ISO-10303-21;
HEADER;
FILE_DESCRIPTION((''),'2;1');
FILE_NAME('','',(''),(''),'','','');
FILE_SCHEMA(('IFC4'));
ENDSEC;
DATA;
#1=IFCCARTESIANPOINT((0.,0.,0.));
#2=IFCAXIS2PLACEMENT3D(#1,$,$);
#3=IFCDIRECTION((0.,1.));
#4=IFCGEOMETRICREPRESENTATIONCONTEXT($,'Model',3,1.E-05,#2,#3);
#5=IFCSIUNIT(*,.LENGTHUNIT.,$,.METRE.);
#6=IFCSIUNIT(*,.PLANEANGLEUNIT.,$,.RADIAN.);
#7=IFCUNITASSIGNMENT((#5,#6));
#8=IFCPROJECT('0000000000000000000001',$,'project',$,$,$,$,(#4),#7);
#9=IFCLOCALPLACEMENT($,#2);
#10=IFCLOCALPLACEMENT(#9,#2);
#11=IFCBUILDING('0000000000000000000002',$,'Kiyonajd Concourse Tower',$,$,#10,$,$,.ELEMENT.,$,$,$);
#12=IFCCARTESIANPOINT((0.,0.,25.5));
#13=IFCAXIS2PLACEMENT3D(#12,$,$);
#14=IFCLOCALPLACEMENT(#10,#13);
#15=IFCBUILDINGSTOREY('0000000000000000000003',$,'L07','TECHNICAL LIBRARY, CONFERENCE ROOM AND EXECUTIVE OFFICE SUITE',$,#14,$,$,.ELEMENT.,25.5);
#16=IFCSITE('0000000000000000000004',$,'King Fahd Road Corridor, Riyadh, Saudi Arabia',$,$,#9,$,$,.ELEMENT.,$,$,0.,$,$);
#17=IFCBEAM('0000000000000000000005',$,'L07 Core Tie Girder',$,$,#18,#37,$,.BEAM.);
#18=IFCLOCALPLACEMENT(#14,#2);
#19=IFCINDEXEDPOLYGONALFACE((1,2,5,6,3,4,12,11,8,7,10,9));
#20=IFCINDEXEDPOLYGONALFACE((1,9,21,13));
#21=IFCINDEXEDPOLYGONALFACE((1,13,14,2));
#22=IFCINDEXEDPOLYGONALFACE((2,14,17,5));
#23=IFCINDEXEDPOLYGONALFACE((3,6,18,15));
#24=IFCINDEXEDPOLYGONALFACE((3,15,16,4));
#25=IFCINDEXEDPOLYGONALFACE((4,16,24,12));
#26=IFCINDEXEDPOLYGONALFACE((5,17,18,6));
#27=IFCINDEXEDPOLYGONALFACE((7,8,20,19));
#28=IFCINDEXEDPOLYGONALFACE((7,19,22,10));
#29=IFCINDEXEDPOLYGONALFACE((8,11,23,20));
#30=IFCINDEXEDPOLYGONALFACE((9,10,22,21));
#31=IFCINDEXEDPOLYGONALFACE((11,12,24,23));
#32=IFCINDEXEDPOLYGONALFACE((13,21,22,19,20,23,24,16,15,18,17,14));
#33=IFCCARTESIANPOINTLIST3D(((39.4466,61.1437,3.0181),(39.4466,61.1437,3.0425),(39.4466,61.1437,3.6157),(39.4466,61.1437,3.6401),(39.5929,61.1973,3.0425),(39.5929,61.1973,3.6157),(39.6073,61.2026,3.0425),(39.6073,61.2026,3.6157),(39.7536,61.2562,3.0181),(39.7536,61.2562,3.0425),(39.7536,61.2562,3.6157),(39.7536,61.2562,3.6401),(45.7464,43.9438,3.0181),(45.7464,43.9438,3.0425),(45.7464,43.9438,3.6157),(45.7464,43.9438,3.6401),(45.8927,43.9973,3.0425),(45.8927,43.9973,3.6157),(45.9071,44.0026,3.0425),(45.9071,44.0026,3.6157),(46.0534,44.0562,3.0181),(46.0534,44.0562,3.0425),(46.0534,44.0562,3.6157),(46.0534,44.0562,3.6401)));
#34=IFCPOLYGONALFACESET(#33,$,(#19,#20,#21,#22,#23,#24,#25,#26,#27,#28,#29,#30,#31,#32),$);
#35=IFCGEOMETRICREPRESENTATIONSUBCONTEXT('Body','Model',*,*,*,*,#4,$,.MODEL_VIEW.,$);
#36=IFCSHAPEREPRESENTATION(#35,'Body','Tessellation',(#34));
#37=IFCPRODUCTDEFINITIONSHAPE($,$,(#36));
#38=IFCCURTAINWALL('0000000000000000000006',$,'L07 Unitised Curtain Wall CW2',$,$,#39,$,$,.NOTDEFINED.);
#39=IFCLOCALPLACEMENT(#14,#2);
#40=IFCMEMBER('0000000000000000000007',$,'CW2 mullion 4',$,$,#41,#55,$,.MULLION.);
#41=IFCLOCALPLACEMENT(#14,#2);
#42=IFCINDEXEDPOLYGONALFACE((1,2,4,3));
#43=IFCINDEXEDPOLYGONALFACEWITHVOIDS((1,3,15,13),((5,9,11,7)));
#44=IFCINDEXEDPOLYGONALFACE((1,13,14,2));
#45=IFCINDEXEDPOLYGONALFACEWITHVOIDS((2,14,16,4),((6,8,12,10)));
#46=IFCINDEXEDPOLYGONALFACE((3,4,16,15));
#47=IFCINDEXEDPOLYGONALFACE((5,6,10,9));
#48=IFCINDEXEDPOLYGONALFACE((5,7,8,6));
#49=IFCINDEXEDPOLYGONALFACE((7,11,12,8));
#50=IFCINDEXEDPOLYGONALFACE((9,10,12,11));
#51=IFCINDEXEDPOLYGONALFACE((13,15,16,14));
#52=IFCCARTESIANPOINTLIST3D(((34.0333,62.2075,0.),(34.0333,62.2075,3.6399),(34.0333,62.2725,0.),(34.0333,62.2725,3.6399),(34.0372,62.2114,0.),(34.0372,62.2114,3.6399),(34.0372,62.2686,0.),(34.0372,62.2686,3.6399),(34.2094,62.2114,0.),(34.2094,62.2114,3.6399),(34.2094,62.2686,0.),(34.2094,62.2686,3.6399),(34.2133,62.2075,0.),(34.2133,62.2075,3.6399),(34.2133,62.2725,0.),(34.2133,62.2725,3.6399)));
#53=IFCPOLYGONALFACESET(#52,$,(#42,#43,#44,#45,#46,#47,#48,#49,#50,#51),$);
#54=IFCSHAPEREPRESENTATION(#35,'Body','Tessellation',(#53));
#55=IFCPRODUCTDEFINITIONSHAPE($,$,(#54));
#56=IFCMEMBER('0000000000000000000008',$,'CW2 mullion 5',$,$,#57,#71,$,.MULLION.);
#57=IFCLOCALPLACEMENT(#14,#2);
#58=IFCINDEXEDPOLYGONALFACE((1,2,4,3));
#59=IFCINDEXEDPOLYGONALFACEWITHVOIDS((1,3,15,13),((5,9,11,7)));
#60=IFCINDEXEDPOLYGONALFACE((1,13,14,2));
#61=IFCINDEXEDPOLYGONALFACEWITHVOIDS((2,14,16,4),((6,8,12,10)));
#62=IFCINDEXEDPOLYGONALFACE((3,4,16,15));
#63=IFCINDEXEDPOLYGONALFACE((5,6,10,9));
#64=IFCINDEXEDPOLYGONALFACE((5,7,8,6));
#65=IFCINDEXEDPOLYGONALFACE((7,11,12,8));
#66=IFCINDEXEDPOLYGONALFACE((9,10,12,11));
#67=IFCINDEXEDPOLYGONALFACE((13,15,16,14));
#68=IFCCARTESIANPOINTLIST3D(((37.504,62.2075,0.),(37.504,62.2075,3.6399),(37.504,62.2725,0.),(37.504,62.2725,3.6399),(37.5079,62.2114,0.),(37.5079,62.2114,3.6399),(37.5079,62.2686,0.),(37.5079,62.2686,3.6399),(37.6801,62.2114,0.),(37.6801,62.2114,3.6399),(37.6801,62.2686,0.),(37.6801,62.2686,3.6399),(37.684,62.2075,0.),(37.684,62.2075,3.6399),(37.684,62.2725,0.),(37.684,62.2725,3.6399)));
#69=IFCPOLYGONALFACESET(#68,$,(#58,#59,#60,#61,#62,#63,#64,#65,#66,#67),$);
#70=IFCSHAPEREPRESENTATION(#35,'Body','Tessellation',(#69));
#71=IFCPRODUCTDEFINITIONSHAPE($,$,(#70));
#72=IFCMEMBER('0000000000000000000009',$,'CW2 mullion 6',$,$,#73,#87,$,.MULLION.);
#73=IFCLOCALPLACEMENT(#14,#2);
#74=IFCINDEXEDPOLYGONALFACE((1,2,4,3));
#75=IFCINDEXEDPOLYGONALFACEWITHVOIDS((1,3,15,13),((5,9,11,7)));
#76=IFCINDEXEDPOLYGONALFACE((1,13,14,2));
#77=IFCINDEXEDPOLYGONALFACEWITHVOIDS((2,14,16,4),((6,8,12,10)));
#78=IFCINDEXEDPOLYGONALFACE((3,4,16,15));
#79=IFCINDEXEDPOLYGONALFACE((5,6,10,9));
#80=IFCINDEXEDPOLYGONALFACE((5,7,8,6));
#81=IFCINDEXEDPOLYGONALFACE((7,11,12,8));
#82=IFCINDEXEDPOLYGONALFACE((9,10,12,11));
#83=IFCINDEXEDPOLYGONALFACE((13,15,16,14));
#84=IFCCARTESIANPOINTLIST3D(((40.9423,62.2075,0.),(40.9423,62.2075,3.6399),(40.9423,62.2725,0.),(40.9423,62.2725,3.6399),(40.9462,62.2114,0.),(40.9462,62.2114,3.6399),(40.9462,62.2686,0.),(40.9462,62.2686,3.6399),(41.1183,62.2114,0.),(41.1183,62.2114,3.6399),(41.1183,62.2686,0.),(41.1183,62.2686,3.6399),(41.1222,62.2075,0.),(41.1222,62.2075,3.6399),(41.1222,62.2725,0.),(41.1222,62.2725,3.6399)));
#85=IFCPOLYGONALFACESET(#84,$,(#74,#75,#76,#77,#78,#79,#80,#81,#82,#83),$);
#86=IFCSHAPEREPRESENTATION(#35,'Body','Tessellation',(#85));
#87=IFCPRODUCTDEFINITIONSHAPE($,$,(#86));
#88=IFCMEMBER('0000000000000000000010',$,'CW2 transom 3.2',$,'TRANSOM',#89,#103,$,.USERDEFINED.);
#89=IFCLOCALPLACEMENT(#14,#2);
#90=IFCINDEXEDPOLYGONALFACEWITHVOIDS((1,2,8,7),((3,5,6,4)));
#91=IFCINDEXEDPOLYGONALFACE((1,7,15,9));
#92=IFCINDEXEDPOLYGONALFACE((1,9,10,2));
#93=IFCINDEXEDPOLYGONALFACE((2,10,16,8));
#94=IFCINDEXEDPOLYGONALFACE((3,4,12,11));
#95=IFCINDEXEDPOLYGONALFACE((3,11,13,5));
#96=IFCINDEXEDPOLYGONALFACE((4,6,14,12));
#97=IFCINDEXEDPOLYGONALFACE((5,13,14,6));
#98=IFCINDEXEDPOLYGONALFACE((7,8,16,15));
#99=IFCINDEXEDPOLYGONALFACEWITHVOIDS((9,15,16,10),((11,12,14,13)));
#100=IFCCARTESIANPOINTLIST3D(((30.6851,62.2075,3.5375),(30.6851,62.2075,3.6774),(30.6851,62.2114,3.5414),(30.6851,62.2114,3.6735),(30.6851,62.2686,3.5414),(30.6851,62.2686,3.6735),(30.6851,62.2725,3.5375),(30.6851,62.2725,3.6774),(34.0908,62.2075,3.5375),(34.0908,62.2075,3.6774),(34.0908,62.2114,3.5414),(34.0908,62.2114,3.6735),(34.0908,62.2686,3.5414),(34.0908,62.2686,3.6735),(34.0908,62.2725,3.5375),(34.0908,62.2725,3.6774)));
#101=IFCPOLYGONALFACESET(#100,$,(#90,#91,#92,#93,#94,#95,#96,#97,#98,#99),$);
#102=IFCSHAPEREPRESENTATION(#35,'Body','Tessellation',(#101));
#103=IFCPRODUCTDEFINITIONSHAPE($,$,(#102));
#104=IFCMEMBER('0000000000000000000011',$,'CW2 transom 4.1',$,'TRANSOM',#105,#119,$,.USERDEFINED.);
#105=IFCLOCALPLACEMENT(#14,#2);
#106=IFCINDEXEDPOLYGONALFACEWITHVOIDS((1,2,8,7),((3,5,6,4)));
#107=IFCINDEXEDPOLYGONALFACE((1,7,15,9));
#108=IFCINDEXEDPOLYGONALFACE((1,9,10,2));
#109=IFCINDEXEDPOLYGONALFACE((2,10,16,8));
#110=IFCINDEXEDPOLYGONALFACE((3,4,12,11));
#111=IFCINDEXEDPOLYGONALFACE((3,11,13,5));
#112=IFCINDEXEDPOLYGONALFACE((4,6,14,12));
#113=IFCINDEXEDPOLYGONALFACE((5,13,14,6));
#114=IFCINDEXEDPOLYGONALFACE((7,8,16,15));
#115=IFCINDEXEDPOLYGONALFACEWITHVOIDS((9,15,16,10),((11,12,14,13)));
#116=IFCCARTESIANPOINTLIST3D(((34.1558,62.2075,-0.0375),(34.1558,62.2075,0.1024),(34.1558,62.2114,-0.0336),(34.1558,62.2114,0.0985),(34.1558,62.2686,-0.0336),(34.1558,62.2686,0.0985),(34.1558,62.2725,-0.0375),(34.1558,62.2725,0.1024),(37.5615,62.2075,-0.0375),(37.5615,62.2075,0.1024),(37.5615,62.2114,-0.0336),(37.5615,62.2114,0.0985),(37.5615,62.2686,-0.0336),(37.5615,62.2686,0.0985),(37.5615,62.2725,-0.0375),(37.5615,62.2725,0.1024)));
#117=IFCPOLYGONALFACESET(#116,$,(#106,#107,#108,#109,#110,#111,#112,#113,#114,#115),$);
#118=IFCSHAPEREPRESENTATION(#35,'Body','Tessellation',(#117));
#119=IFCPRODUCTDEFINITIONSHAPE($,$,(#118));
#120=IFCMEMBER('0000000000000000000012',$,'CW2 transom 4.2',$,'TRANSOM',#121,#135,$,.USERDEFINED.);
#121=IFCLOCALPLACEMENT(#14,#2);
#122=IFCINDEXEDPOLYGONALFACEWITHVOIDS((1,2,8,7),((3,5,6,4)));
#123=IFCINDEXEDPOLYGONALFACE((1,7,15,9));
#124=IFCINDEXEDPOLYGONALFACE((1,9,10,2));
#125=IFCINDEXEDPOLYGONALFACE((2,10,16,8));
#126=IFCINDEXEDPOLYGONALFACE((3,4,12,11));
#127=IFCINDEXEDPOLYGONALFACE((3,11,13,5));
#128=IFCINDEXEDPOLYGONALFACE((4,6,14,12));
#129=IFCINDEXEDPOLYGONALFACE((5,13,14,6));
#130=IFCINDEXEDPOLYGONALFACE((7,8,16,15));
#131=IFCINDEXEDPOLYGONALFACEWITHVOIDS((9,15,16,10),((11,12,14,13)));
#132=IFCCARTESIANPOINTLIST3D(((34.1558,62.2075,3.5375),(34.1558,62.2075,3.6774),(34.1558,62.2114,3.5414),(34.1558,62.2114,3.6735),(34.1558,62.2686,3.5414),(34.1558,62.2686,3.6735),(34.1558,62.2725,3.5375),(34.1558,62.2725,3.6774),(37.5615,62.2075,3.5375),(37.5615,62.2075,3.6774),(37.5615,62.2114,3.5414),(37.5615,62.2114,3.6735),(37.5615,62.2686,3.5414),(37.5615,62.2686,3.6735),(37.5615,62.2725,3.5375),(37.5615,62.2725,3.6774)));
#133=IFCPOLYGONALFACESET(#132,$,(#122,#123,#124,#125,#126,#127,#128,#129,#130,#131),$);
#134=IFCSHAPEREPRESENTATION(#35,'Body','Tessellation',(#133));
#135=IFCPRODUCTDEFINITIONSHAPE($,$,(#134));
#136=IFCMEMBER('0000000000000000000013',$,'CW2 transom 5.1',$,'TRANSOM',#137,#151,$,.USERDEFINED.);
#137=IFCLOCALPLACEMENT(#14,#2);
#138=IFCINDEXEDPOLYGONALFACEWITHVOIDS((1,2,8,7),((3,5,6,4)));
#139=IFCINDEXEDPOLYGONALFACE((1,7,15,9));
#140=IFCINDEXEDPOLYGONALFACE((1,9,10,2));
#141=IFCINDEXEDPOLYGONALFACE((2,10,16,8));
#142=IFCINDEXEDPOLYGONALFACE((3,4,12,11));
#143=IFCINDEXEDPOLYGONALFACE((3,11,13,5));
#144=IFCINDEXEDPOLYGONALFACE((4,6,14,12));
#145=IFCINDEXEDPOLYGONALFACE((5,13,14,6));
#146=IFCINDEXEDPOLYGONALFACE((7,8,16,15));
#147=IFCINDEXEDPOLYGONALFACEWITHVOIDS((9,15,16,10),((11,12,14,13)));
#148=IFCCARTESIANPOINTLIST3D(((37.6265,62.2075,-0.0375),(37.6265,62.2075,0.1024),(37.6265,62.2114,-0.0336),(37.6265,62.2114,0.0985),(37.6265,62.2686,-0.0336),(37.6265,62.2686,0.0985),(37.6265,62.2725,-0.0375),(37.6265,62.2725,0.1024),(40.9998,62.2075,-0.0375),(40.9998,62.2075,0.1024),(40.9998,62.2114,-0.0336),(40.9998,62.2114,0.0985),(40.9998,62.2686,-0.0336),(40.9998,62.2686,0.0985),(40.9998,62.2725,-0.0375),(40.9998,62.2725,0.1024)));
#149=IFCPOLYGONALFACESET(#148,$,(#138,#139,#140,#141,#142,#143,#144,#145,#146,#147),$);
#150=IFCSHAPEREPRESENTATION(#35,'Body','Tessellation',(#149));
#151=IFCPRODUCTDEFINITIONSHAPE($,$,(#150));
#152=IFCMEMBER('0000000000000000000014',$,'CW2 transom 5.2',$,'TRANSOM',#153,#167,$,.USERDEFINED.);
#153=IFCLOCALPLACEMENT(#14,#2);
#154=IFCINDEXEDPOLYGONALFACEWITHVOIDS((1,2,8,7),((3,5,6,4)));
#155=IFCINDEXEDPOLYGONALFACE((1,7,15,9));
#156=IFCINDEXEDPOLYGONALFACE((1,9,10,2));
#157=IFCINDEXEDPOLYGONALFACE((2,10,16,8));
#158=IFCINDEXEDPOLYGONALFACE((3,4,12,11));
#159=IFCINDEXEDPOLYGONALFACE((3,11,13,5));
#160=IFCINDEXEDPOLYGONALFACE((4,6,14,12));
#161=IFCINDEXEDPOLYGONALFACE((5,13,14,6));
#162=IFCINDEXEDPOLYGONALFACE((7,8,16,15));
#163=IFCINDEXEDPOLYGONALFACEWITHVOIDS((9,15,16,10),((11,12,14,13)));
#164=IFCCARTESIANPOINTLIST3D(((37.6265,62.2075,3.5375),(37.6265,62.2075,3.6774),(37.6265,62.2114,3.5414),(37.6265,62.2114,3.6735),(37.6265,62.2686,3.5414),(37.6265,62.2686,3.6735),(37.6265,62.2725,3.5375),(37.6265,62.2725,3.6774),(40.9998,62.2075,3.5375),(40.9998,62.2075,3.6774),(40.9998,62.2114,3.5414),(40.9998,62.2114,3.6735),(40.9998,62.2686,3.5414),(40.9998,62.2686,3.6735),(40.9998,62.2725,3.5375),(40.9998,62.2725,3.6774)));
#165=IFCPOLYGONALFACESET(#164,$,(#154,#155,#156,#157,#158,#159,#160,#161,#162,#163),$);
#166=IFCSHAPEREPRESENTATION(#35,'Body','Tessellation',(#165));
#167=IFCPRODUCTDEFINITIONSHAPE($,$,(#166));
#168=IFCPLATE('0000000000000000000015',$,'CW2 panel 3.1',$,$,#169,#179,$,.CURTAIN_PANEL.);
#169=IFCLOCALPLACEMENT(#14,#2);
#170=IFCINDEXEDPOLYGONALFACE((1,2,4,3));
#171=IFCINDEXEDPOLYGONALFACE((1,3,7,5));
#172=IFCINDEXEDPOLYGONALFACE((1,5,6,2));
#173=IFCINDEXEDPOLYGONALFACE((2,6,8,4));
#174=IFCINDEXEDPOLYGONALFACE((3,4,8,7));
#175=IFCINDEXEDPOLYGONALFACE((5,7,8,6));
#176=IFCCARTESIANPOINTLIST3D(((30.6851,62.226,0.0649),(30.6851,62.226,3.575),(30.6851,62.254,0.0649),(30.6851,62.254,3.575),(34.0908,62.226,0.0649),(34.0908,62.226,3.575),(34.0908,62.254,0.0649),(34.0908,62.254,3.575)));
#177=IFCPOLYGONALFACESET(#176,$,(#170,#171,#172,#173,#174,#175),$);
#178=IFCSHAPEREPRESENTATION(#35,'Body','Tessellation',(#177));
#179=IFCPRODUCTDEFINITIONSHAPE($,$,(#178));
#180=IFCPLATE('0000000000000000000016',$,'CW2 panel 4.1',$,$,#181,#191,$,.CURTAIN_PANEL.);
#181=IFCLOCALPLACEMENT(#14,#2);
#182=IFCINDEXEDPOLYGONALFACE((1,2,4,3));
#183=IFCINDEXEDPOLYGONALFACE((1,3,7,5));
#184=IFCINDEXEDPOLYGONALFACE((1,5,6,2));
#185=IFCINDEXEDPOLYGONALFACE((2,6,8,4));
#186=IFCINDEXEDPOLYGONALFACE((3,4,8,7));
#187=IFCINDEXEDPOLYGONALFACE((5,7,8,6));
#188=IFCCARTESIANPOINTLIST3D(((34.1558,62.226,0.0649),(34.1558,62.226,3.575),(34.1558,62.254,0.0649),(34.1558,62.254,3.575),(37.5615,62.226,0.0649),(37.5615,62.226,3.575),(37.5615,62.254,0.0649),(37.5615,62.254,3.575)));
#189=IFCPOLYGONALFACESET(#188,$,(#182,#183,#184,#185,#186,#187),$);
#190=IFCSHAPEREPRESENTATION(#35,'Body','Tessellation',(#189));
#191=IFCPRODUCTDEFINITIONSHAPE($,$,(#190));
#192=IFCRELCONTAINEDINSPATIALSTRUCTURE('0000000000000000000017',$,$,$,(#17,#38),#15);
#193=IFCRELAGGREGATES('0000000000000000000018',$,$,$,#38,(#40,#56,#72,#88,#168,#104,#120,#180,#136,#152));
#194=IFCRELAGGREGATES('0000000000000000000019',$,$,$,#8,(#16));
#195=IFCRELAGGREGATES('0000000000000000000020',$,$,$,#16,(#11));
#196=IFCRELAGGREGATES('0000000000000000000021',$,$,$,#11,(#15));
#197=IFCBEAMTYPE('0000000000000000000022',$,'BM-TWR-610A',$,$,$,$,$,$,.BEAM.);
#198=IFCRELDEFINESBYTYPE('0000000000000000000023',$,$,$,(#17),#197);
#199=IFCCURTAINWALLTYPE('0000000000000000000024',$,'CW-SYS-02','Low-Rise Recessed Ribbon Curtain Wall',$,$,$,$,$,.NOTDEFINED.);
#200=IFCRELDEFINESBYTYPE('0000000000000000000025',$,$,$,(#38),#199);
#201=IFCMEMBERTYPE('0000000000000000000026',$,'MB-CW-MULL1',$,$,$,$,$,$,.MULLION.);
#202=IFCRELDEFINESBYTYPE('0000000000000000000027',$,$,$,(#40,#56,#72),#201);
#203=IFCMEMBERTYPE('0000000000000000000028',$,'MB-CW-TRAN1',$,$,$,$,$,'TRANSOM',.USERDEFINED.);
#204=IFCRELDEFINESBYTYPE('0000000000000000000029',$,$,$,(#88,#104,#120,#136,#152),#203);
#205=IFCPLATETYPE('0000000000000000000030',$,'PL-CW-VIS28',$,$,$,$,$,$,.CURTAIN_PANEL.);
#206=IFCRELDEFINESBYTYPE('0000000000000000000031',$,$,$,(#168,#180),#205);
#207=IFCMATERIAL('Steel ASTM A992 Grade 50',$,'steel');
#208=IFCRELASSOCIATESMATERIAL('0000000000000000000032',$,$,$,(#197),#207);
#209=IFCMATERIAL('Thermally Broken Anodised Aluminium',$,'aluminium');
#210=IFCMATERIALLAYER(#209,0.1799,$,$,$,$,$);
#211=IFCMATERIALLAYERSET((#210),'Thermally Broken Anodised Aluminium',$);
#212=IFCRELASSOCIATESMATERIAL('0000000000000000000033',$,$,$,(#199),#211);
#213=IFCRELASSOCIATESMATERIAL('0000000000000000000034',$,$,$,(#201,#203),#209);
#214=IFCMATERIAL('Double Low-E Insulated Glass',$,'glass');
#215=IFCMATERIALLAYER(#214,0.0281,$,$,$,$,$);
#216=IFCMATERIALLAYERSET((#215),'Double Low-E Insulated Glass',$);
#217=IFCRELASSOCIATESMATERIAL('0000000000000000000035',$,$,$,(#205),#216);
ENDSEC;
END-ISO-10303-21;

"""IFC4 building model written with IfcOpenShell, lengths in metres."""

from ifc_helpers import new_model, si_unit, direction, frame, origin, origin_2d, place, context, subcontext, project, spatial, rectangle, hollow_rectangle, i_section, extrude, material, layer, layer_set, material_profile, profile_set, type_object, element, aggregate, save


model = new_model("IFC4")

# Units and contexts
model_context = context("Model", 3, precision=1e-05, world=origin(), true_north=direction((0.0, 1.0)))
body_context = subcontext(model_context, "Body", "Model", "MODEL_VIEW")
ifc_project = project(units=[si_unit("LENGTHUNIT", "METRE"), si_unit("PLANEANGLEUNIT", "RADIAN")], contexts=[model_context])

# Site, building, storey
site_placement = place(None, origin())
site = spatial("IfcSite", under=ifc_project, at=site_placement, Name="King Fahd Road Corridor, Riyadh, Saudi Arabia", CompositionType="ELEMENT", RefElevation=0.0)
building_placement = place(site_placement, origin())
building = spatial("IfcBuilding", under=site, at=building_placement, Name="Kiyonajd Concourse Tower", CompositionType="ELEMENT")
storey_placement = place(building_placement, frame((0.0, 0.0, 25.5)))
storey = spatial("IfcBuildingStorey", under=building, at=storey_placement, Name="L07", Description="TECHNICAL LIBRARY, CONFERENCE ROOM AND EXECUTIVE OFFICE SUITE", CompositionType="ELEMENT", Elevation=25.5)

# Beam
ifc_material_1 = material(Name="Steel ASTM A992 Grade 50", Category="steel")
ifc_material_profile_1 = material_profile(ifc_material_1, i_section(OverallWidth=0.3269, OverallDepth=0.6221, WebThickness=0.0154, FlangeThickness=0.0244, at=origin_2d()), Name="W610X195")
ifc_profile_set_1 = profile_set([ifc_material_profile_1], Name="Steel ASTM A992 Grade 50")
beam_type_1 = type_object("IfcBeamType", Name="BM-TWR-610A", PredefinedType="BEAM", material=ifc_profile_set_1)
beam_1_placement = place(storey_placement, frame((39.6001, 61.2, 3.3291), z_axis=(0.343925, -0.938997, 0.0), x_axis=(0.938997, 0.343925, 0.0)))
element("IfcBeam", 1, at=beam_1_placement, inside=storey, type_object=beam_type_1, Name="L07 Core Tie Girder", PredefinedType="BEAM", context=body_context, shape_type="SweptSolid", body=[
    extrude(i_section(OverallWidth=0.3269, OverallDepth=0.6221, WebThickness=0.0154, FlangeThickness=0.0244, at=origin_2d()), origin(), (0.0, 0.0, 1.0), 18.3174),
])

# Curtain wall, members, plates
ifc_material_2 = material(Name="Thermally Broken Anodised Aluminium", Category="aluminium")
ifc_layer_1 = layer(ifc_material_2, 0.1799)
ifc_layer_set_1 = layer_set([ifc_layer_1], Name="Thermally Broken Anodised Aluminium")
curtain_wall_type = type_object("IfcCurtainWallType", Name="CW-SYS-02", Description="Low-Rise Recessed Ribbon Curtain Wall", PredefinedType="NOTDEFINED", material=ifc_layer_set_1)
curtain_wall_placement = place(storey_placement, origin())
curtain_wall = element("IfcCurtainWall", 2, at=curtain_wall_placement, inside=storey, type_object=curtain_wall_type, Name="L07 Unitised Curtain Wall CW2", PredefinedType="NOTDEFINED")
ifc_material_profile_2 = material_profile(ifc_material_2, hollow_rectangle(XDim=0.0649, YDim=0.1799, WallThickness=0.0039, at=origin_2d()), Name="MULL-65x180")
ifc_profile_set_2 = profile_set([ifc_material_profile_2], Name="Thermally Broken Anodised Aluminium")
member_type_1 = type_object("IfcMemberType", Name="MB-CW-MULL1", PredefinedType="MULLION", material=ifc_profile_set_2)
member_1_placement = place(storey_placement, frame((34.1233, 62.24, 0.0), z_axis=(0.0, 0.0, 1.0), x_axis=(0.0, 1.0, 0.0)))
member_1 = element("IfcMember", 3, at=member_1_placement, type_object=member_type_1, Name="CW2 mullion 4", PredefinedType="MULLION", context=body_context, shape_type="SweptSolid", body=[
    extrude(hollow_rectangle(XDim=0.0649, YDim=0.1799, WallThickness=0.0039, at=origin_2d()), origin(), (0.0, 0.0, 1.0), 3.6399),
])
member_2_placement = place(storey_placement, frame((37.594, 62.24, 0.0), z_axis=(0.0, 0.0, 1.0), x_axis=(0.0, 1.0, 0.0)))
member_2 = element("IfcMember", 4, at=member_2_placement, type_object=member_type_1, Name="CW2 mullion 5", PredefinedType="MULLION", context=body_context, shape_type="SweptSolid", body=[
    extrude(hollow_rectangle(XDim=0.0649, YDim=0.1799, WallThickness=0.0039, at=origin_2d()), origin(), (0.0, 0.0, 1.0), 3.6399),
])
member_3_placement = place(storey_placement, frame((41.0322, 62.24, 0.0), z_axis=(0.0, 0.0, 1.0), x_axis=(0.0, 1.0, 0.0)))
member_3 = element("IfcMember", 5, at=member_3_placement, type_object=member_type_1, Name="CW2 mullion 6", PredefinedType="MULLION", context=body_context, shape_type="SweptSolid", body=[
    extrude(hollow_rectangle(XDim=0.0649, YDim=0.1799, WallThickness=0.0039, at=origin_2d()), origin(), (0.0, 0.0, 1.0), 3.6399),
])
ifc_material_profile_3 = material_profile(ifc_material_2, hollow_rectangle(XDim=0.0649, YDim=0.1399, WallThickness=0.0039, at=origin_2d()), Name="TRAN-65x140")
ifc_profile_set_3 = profile_set([ifc_material_profile_3], Name="Thermally Broken Anodised Aluminium")
member_type_2 = type_object("IfcMemberType", Name="MB-CW-TRAN1", ElementType="TRANSOM", PredefinedType="USERDEFINED", material=ifc_profile_set_3)
member_4_placement = place(storey_placement, frame((30.6851, 62.24, 3.6074), z_axis=(1.0, 0.0, 0.0), x_axis=(0.0, 1.0, 0.0)))
member_4 = element("IfcMember", 6, at=member_4_placement, type_object=member_type_2, Name="CW2 transom 3.2", ObjectType="TRANSOM", PredefinedType="USERDEFINED", context=body_context, shape_type="SweptSolid", body=[
    extrude(hollow_rectangle(XDim=0.0649, YDim=0.1399, WallThickness=0.0039, at=origin_2d()), origin(), (0.0, 0.0, 1.0), 3.4058),
])
member_5_placement = place(storey_placement, frame((34.1558, 62.24, 0.0325), z_axis=(1.0, 0.0, 0.0), x_axis=(0.0, 1.0, 0.0)))
member_5 = element("IfcMember", 7, at=member_5_placement, type_object=member_type_2, Name="CW2 transom 4.1", ObjectType="TRANSOM", PredefinedType="USERDEFINED", context=body_context, shape_type="SweptSolid", body=[
    extrude(hollow_rectangle(XDim=0.0649, YDim=0.1399, WallThickness=0.0039, at=origin_2d()), origin(), (0.0, 0.0, 1.0), 3.4058),
])
member_6_placement = place(storey_placement, frame((34.1558, 62.24, 3.6074), z_axis=(1.0, 0.0, 0.0), x_axis=(0.0, 1.0, 0.0)))
member_6 = element("IfcMember", 8, at=member_6_placement, type_object=member_type_2, Name="CW2 transom 4.2", ObjectType="TRANSOM", PredefinedType="USERDEFINED", context=body_context, shape_type="SweptSolid", body=[
    extrude(hollow_rectangle(XDim=0.0649, YDim=0.1399, WallThickness=0.0039, at=origin_2d()), origin(), (0.0, 0.0, 1.0), 3.4058),
])
member_7_placement = place(storey_placement, frame((37.6265, 62.24, 0.0325), z_axis=(1.0, 0.0, 0.0), x_axis=(0.0, 1.0, 0.0)))
member_7 = element("IfcMember", 9, at=member_7_placement, type_object=member_type_2, Name="CW2 transom 5.1", ObjectType="TRANSOM", PredefinedType="USERDEFINED", context=body_context, shape_type="SweptSolid", body=[
    extrude(hollow_rectangle(XDim=0.0649, YDim=0.1399, WallThickness=0.0039, at=origin_2d()), origin(), (0.0, 0.0, 1.0), 3.3733),
])
member_8_placement = place(storey_placement, frame((37.6265, 62.24, 3.6074), z_axis=(1.0, 0.0, 0.0), x_axis=(0.0, 1.0, 0.0)))
member_8 = element("IfcMember", 10, at=member_8_placement, type_object=member_type_2, Name="CW2 transom 5.2", ObjectType="TRANSOM", PredefinedType="USERDEFINED", context=body_context, shape_type="SweptSolid", body=[
    extrude(hollow_rectangle(XDim=0.0649, YDim=0.1399, WallThickness=0.0039, at=origin_2d()), origin(), (0.0, 0.0, 1.0), 3.3733),
])
ifc_material_3 = material(Name="Double Low-E Insulated Glass", Category="glass")
ifc_layer_2 = layer(ifc_material_3, 0.0281)
ifc_layer_set_2 = layer_set([ifc_layer_2], Name="Double Low-E Insulated Glass")
plate_type_1 = type_object("IfcPlateType", Name="PL-CW-VIS28", PredefinedType="CURTAIN_PANEL", material=ifc_layer_set_2)
plate_1_placement = place(storey_placement, frame((32.3879, 62.24, 0.0649), z_axis=(0.0, 0.0, 1.0), x_axis=(1.0, 0.0, 0.0)))
plate_1 = element("IfcPlate", 11, at=plate_1_placement, type_object=plate_type_1, Name="CW2 panel 3.1", PredefinedType="CURTAIN_PANEL", context=body_context, shape_type="SweptSolid", body=[
    extrude(rectangle(XDim=3.4058, YDim=0.0281, at=origin_2d()), origin(), (0.0, 0.0, 1.0), 3.51),
])
plate_2_placement = place(storey_placement, frame((35.8586, 62.24, 0.0649), z_axis=(0.0, 0.0, 1.0), x_axis=(1.0, 0.0, 0.0)))
plate_2 = element("IfcPlate", 12, at=plate_2_placement, type_object=plate_type_1, Name="CW2 panel 4.1", PredefinedType="CURTAIN_PANEL", context=body_context, shape_type="SweptSolid", body=[
    extrude(rectangle(XDim=3.4058, YDim=0.0281, at=origin_2d()), origin(), (0.0, 0.0, 1.0), 3.51),
])
aggregate(curtain_wall, [member_1, member_2, member_3, member_4, plate_1, member_5, member_6, plate_2, member_7, member_8])

save(model, "model.ifc")
